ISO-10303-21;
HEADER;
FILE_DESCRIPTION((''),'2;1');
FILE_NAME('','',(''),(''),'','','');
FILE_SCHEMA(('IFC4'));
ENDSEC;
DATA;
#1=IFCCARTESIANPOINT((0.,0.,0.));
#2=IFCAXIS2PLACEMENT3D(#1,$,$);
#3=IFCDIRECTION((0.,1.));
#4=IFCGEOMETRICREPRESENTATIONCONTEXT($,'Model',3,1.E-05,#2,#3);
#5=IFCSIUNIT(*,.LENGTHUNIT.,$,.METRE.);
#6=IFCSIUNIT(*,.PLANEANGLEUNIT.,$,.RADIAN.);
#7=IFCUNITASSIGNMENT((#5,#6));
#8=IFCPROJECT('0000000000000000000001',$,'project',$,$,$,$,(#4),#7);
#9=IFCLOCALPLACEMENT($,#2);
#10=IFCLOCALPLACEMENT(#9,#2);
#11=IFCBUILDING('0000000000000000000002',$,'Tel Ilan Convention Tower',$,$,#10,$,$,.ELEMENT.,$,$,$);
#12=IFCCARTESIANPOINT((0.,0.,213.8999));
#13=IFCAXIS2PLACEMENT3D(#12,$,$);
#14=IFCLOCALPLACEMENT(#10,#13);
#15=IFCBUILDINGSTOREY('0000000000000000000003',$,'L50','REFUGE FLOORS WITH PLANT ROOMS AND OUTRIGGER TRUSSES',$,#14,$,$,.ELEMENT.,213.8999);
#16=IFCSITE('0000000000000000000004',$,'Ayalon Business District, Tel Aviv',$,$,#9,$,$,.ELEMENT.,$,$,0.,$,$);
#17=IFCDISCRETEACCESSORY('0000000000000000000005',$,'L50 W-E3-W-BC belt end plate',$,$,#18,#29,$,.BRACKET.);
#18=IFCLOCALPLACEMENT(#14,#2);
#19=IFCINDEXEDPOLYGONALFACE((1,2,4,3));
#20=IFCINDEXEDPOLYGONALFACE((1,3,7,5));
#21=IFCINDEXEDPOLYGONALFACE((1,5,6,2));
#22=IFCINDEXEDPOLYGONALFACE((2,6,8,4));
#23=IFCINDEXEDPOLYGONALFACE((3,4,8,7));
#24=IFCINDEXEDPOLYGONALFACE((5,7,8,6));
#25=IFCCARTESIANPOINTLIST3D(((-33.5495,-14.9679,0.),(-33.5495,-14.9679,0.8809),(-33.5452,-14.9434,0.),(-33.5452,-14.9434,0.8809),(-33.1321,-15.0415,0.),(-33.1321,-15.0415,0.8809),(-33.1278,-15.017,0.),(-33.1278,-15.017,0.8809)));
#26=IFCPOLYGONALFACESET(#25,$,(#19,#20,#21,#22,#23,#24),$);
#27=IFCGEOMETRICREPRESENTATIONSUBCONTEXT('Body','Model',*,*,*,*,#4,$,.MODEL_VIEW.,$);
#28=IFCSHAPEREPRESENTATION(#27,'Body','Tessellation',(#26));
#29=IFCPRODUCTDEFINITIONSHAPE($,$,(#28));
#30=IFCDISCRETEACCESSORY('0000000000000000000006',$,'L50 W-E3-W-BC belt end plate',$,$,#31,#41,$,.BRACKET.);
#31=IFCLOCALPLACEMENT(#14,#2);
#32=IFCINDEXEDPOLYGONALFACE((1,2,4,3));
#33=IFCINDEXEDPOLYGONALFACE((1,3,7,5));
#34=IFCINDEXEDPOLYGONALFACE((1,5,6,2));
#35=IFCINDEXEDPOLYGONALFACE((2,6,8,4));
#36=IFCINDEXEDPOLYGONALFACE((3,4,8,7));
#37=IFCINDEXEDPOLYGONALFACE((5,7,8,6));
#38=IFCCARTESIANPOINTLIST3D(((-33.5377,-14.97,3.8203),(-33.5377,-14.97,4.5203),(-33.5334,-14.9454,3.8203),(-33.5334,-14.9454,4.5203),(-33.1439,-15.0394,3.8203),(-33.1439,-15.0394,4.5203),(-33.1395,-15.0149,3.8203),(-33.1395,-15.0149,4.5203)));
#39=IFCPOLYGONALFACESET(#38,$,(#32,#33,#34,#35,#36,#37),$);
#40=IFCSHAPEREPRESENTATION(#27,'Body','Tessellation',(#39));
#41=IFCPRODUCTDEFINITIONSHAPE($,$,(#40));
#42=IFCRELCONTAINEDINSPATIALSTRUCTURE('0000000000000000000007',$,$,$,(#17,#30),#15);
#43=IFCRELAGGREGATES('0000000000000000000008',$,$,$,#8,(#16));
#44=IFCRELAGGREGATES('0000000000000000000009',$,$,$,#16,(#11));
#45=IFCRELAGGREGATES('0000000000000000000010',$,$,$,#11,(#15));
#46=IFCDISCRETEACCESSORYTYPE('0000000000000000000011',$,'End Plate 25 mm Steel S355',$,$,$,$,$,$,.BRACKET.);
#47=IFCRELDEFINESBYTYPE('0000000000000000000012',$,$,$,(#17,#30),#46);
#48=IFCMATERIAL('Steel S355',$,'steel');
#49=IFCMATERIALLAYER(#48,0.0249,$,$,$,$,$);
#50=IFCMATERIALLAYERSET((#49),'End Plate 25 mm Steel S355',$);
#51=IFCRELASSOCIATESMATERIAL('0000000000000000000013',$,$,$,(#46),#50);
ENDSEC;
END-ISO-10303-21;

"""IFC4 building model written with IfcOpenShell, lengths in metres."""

from ifc_helpers import new_model, si_unit, direction, frame, origin, origin_2d, place, context, subcontext, project, spatial, rectangle, extrude, material, layer, layer_set, type_object, element, save


model = new_model("IFC4")

# Units and contexts
model_context = context("Model", 3, precision=1e-05, world=origin(), true_north=direction((0.0, 1.0)))
body_context = subcontext(model_context, "Body", "Model", "MODEL_VIEW")
ifc_project = project(units=[si_unit("LENGTHUNIT", "METRE"), si_unit("PLANEANGLEUNIT", "RADIAN")], contexts=[model_context])

# Site, building, storey
site_placement = place(None, origin())
site = spatial("IfcSite", under=ifc_project, at=site_placement, Name="Ayalon Business District, Tel Aviv", CompositionType="ELEMENT", RefElevation=0.0)
building_placement = place(site_placement, origin())
building = spatial("IfcBuilding", under=site, at=building_placement, Name="Tel Ilan Convention Tower", CompositionType="ELEMENT")
storey_placement = place(building_placement, frame((0.0, 0.0, 213.8999)))
storey = spatial("IfcBuildingStorey", under=building, at=storey_placement, Name="L50", Description="REFUGE FLOORS WITH PLANT ROOMS AND OUTRIGGER TRUSSES", CompositionType="ELEMENT", Elevation=213.8999)

# Discrete accessories
ifc_material_1 = material(Name="Steel S355", Category="steel")
ifc_layer_1 = layer(ifc_material_1, 0.0249)
ifc_layer_set_1 = layer_set([ifc_layer_1], Name="End Plate 25 mm Steel S355")
discrete_accessory_type_1 = type_object("IfcDiscreteAccessoryType", Name="End Plate 25 mm Steel S355", PredefinedType="BRACKET", material=ifc_layer_set_1)
discrete_accessory_1_placement = place(storey_placement, frame((-33.3386, -14.9924, 0.0), z_axis=(0.0, 0.0, 1.0), x_axis=(0.173648, 0.984808, 0.0)))
element("IfcDiscreteAccessory", 1, at=discrete_accessory_1_placement, inside=storey, type_object=discrete_accessory_type_1, Name="L50 W-E3-W-BC belt end plate", PredefinedType="BRACKET", context=body_context, shape_type="SweptSolid", body=[
    extrude(rectangle(XDim=0.0249, YDim=0.4238, at=origin_2d()), origin(), (0.0, 0.0, 1.0), 0.8809),
])
discrete_accessory_2_placement = place(storey_placement, frame((-33.3386, -14.9924, 3.8203), z_axis=(0.0, 0.0, 1.0), x_axis=(0.173648, 0.984808, 0.0)))
element("IfcDiscreteAccessory", 2, at=discrete_accessory_2_placement, inside=storey, type_object=discrete_accessory_type_1, Name="L50 W-E3-W-BC belt end plate", PredefinedType="BRACKET", context=body_context, shape_type="SweptSolid", body=[
    extrude(rectangle(XDim=0.0249, YDim=0.3999, at=origin_2d()), origin(), (0.0, 0.0, 1.0), 0.7),
])

save(model, "model.ifc")
